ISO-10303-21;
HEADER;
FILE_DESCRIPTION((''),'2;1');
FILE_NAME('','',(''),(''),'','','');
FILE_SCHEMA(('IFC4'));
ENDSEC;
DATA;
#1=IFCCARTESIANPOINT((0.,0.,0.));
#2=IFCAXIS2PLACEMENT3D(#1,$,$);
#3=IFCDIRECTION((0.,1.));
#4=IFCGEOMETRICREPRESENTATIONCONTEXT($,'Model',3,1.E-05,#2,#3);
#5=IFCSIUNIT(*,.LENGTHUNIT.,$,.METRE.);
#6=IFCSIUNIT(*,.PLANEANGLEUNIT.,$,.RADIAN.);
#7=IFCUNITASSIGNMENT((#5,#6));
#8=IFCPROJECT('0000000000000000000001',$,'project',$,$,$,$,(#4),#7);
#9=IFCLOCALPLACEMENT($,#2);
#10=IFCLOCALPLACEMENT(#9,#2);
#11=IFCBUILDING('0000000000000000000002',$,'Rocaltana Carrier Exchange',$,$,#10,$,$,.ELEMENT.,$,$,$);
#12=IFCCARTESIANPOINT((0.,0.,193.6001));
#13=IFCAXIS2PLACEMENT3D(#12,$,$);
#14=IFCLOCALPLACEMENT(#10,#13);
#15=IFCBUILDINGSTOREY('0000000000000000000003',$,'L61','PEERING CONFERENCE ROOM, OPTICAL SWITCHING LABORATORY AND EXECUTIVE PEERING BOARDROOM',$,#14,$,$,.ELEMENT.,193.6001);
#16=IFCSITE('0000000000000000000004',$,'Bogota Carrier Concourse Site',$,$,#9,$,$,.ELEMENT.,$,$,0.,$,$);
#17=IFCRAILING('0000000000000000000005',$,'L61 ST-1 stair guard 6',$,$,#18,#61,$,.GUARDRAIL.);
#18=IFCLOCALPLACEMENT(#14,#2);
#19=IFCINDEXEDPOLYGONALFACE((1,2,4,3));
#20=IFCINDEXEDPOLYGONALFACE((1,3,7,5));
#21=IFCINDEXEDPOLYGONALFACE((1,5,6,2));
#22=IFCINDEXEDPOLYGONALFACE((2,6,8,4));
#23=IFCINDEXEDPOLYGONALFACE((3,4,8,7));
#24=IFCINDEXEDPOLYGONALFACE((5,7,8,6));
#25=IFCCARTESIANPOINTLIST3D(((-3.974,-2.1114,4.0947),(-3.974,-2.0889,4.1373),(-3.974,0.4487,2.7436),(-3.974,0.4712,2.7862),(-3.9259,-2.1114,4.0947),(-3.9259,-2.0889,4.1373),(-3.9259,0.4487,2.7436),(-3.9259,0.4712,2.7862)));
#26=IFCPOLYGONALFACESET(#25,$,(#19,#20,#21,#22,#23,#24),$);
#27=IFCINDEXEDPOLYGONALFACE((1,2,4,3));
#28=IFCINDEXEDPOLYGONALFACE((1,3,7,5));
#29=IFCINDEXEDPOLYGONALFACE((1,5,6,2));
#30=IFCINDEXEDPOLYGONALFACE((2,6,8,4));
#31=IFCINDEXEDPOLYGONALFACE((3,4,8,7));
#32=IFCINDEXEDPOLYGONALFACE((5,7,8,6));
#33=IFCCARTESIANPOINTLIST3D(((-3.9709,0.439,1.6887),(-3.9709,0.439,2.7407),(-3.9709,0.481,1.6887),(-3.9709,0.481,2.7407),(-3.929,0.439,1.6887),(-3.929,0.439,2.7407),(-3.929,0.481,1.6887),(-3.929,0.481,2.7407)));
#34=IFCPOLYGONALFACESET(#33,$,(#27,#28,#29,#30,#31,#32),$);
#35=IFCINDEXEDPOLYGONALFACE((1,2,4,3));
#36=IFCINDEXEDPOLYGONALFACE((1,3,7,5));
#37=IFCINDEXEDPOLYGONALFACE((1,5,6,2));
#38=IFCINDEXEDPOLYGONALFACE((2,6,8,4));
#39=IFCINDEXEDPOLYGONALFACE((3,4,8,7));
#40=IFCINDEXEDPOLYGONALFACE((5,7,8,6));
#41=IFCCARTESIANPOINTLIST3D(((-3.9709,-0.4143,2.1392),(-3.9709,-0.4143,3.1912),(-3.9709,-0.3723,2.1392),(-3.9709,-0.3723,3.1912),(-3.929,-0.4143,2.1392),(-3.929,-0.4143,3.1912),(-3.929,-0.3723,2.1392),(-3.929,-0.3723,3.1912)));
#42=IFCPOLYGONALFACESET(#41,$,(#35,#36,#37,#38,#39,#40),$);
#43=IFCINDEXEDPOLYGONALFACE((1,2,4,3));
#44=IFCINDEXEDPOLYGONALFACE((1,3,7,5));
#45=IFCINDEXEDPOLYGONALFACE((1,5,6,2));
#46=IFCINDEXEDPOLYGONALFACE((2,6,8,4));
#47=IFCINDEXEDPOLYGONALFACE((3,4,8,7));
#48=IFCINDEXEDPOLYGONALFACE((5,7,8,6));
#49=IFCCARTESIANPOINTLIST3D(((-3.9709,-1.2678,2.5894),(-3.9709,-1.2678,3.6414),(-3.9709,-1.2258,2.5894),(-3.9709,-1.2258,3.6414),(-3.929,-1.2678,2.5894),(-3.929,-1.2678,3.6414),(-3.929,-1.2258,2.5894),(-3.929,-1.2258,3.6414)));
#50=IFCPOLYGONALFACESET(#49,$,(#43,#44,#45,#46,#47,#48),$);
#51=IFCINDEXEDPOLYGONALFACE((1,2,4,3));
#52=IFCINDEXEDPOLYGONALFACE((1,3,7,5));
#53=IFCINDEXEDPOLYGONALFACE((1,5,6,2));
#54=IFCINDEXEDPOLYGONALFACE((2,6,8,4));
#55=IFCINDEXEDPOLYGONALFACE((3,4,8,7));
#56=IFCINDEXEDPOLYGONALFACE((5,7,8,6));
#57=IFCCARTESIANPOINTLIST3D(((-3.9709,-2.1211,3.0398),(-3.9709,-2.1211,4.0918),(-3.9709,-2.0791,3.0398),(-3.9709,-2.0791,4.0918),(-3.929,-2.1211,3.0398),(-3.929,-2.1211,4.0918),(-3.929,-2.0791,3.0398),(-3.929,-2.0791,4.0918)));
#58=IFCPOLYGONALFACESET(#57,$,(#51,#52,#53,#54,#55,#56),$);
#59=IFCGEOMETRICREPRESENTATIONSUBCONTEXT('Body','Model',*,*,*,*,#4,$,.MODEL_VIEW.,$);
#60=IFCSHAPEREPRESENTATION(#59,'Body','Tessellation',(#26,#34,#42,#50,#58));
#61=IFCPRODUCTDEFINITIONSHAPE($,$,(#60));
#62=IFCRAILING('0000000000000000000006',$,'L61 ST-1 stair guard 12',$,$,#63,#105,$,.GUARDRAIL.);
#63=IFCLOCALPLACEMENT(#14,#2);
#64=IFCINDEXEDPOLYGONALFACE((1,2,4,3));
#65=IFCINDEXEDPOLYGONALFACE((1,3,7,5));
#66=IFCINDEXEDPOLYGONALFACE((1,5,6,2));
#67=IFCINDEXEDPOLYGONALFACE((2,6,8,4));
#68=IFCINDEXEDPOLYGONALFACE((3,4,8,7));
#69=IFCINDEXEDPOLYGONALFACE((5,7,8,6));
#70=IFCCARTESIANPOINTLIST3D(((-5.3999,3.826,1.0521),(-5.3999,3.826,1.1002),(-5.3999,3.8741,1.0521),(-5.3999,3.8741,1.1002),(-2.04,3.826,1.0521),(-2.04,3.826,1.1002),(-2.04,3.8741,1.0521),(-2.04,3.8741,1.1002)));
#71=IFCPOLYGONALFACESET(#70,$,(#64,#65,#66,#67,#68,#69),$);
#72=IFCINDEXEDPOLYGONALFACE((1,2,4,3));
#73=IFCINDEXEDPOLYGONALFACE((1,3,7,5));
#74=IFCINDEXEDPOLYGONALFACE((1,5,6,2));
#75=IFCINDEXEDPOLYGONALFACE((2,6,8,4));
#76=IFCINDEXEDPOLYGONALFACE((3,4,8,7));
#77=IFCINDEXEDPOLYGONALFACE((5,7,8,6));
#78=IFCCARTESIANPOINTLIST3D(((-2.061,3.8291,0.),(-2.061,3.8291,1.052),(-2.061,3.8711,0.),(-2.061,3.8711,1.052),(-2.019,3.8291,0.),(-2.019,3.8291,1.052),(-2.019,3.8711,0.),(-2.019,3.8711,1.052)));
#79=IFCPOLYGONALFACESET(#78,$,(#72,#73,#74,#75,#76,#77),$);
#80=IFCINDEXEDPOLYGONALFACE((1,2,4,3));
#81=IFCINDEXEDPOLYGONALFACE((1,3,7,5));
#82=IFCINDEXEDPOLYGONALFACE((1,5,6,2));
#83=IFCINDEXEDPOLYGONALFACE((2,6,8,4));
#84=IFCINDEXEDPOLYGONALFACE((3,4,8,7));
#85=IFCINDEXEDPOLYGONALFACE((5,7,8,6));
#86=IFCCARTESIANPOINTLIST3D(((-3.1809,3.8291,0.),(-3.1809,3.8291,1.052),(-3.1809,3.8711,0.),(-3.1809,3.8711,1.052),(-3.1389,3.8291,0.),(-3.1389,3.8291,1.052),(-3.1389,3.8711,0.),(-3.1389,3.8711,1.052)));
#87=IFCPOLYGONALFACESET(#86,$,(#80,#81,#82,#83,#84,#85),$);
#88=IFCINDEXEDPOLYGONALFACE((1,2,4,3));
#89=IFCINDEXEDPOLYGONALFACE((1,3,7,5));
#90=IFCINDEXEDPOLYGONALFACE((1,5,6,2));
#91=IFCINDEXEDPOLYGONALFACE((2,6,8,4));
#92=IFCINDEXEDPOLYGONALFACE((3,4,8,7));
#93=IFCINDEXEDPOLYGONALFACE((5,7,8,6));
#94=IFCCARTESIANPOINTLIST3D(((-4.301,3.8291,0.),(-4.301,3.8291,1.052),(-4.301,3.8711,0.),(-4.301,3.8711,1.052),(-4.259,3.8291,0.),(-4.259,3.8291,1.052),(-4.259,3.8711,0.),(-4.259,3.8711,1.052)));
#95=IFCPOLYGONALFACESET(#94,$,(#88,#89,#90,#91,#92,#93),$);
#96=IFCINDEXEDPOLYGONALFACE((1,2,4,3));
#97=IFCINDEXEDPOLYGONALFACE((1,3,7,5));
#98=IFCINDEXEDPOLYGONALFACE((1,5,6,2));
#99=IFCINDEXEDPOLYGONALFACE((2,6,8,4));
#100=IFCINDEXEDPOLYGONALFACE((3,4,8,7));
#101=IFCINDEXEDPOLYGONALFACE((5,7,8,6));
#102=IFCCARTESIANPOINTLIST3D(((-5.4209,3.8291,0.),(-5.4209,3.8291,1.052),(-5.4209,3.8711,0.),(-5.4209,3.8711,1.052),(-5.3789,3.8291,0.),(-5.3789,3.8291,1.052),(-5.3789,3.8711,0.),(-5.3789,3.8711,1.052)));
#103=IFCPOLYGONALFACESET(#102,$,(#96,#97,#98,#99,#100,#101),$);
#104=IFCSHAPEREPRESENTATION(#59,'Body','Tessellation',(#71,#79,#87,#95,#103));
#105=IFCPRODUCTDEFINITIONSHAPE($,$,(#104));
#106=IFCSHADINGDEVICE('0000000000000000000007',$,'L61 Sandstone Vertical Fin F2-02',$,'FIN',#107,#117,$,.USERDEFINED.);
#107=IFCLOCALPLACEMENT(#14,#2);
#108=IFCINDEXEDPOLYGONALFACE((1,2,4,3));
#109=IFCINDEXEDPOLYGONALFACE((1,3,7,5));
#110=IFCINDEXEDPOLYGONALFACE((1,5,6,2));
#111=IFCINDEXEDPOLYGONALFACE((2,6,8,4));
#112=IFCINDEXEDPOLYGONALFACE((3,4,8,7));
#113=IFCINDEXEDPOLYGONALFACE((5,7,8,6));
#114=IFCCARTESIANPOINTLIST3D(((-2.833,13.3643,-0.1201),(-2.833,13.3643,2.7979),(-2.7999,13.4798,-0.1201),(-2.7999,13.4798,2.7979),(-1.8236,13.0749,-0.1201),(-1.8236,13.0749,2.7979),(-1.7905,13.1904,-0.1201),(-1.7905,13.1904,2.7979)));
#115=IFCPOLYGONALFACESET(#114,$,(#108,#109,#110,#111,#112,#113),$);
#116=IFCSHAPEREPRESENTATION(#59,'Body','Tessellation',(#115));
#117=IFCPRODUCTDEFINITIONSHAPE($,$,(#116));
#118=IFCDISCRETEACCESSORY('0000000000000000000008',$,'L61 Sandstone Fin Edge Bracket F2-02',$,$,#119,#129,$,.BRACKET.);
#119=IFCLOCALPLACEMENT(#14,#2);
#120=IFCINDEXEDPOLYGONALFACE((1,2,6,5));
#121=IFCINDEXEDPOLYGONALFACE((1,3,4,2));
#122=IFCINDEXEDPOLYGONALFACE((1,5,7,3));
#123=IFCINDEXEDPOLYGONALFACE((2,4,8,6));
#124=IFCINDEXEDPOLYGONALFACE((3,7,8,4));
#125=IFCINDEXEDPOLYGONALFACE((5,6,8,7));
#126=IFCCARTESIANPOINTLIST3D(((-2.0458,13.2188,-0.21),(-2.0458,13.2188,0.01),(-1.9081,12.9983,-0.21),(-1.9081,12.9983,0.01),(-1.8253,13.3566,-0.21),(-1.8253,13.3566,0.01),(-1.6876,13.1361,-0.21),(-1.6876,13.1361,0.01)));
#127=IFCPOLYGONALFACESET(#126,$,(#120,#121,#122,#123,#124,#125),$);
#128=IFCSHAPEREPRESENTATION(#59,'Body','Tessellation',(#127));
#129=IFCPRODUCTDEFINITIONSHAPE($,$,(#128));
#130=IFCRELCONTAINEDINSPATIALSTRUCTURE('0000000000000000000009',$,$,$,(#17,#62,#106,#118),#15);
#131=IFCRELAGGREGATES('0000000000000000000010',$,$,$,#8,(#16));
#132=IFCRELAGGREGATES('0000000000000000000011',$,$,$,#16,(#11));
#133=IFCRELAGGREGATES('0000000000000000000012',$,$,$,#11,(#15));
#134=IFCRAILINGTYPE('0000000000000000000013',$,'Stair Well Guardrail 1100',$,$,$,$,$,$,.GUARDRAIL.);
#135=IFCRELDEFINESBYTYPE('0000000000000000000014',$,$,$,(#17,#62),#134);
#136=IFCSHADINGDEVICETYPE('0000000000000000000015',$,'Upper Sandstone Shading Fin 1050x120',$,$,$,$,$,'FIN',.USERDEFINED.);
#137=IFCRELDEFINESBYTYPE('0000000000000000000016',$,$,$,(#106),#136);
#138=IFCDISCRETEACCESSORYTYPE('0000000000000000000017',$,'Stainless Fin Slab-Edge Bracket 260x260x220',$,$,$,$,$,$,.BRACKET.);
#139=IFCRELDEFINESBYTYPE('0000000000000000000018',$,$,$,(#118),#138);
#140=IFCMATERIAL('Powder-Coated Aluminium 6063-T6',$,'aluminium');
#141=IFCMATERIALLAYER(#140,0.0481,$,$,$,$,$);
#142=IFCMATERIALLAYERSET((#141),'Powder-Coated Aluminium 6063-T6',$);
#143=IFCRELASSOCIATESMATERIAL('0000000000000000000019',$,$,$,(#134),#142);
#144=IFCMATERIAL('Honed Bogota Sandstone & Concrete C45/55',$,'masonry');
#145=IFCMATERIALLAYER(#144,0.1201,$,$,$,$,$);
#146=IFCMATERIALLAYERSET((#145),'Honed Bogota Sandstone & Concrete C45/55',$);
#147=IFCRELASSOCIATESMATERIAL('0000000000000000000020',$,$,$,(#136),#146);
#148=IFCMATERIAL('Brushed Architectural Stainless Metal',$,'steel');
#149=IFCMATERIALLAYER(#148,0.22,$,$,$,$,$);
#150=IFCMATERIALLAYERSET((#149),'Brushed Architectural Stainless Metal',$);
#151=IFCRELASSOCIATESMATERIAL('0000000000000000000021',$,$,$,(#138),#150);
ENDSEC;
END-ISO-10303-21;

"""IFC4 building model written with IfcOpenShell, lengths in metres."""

from ifc_helpers import new_model, si_unit, direction, frame, origin, origin_2d, place, context, subcontext, project, spatial, rectangle, extrude, material, layer, layer_set, type_object, element, save


model = new_model("IFC4")

# Units and contexts
model_context = context("Model", 3, precision=1e-05, world=origin(), true_north=direction((0.0, 1.0)))
body_context = subcontext(model_context, "Body", "Model", "MODEL_VIEW")
ifc_project = project(units=[si_unit("LENGTHUNIT", "METRE"), si_unit("PLANEANGLEUNIT", "RADIAN")], contexts=[model_context])

# Site, building, storey
site_placement = place(None, origin())
site = spatial("IfcSite", under=ifc_project, at=site_placement, Name="Bogota Carrier Concourse Site", CompositionType="ELEMENT", RefElevation=0.0)
building_placement = place(site_placement, origin())
building = spatial("IfcBuilding", under=site, at=building_placement, Name="Rocaltana Carrier Exchange", CompositionType="ELEMENT")
storey_placement = place(building_placement, frame((0.0, 0.0, 193.6001)))
storey = spatial("IfcBuildingStorey", under=building, at=storey_placement, Name="L61", Description="PEERING CONFERENCE ROOM, OPTICAL SWITCHING LABORATORY AND EXECUTIVE PEERING BOARDROOM", CompositionType="ELEMENT", Elevation=193.6001)

# Railings
ifc_material_1 = material(Name="Powder-Coated Aluminium 6063-T6", Category="aluminium")
ifc_layer_1 = layer(ifc_material_1, 0.0481)
ifc_layer_set_1 = layer_set([ifc_layer_1], Name="Powder-Coated Aluminium 6063-T6")
railing_type_1 = type_object("IfcRailingType", Name="Stair Well Guardrail 1100", PredefinedType="GUARDRAIL", material=ifc_layer_set_1)
railing_1_placement = place(storey_placement, frame((-3.95, 0.46, 1.6887)))
element("IfcRailing", 1, at=railing_1_placement, inside=storey, type_object=railing_type_1, Name="L61 ST-1 stair guard 6", PredefinedType="GUARDRAIL", context=body_context, shape_type="SweptSolid", body=[
    extrude(rectangle(XDim=0.0481, YDim=0.0481, at=origin_2d()), frame((0.0, 0.0, 1.0762), z_axis=(0.0, -0.884394, 0.46674), x_axis=(1.0, 0.0, 0.0)), (0.0, 0.0, 1.0), 2.8948),
    extrude(rectangle(XDim=0.042, YDim=0.042, at=origin_2d()), origin(), (0.0, 0.0, 1.0), 1.052),
    extrude(rectangle(XDim=0.042, YDim=0.042, at=origin_2d()), frame((0.0, -0.8533, 0.4504)), (0.0, 0.0, 1.0), 1.052),
    extrude(rectangle(XDim=0.042, YDim=0.042, at=origin_2d()), frame((0.0, -1.7068, 0.9006)), (0.0, 0.0, 1.0), 1.052),
    extrude(rectangle(XDim=0.042, YDim=0.042, at=origin_2d()), frame((0.0, -2.5601, 1.3511)), (0.0, 0.0, 1.0), 1.052),
])
railing_2_placement = place(storey_placement, frame((-2.04, 3.8501, 0.0)))
element("IfcRailing", 2, at=railing_2_placement, inside=storey, type_object=railing_type_1, Name="L61 ST-1 stair guard 12", PredefinedType="GUARDRAIL", context=body_context, shape_type="SweptSolid", body=[
    extrude(rectangle(XDim=0.0481, YDim=0.0481, at=origin_2d()), frame((0.0, 0.0, 1.0762), z_axis=(-1.0, 0.0, 0.0), x_axis=(0.0, -1.0, 0.0)), (0.0, 0.0, 1.0), 3.3599),
    extrude(rectangle(XDim=0.042, YDim=0.042, at=origin_2d()), origin(), (0.0, 0.0, 1.0), 1.052),
    extrude(rectangle(XDim=0.042, YDim=0.042, at=origin_2d()), frame((-1.1199, 0.0, 0.0)), (0.0, 0.0, 1.0), 1.052),
    extrude(rectangle(XDim=0.042, YDim=0.042, at=origin_2d()), frame((-2.24, 0.0, 0.0)), (0.0, 0.0, 1.0), 1.052),
    extrude(rectangle(XDim=0.042, YDim=0.042, at=origin_2d()), frame((-3.3599, 0.0, 0.0)), (0.0, 0.0, 1.0), 1.052),
])

# Shading device
ifc_material_2 = material(Name="Honed Bogota Sandstone & Concrete C45/55", Category="masonry")
ifc_layer_2 = layer(ifc_material_2, 0.1201)
ifc_layer_set_2 = layer_set([ifc_layer_2], Name="Honed Bogota Sandstone & Concrete C45/55")
shading_device_type = type_object("IfcShadingDeviceType", Name="Upper Sandstone Shading Fin 1050x120", ElementType="FIN", PredefinedType="USERDEFINED", material=ifc_layer_set_2)
shading_device_placement = place(storey_placement, frame((-2.3118, 13.2773, -0.1201), z_axis=(0.0, 0.0, 1.0), x_axis=(-0.961262, 0.275637, 0.0)))
element("IfcShadingDevice", 3, at=shading_device_placement, inside=storey, type_object=shading_device_type, Name="L61 Sandstone Vertical Fin F2-02", ObjectType="FIN", PredefinedType="USERDEFINED", context=body_context, shape_type="SweptSolid", body=[
    extrude(rectangle(XDim=1.05, YDim=0.1201, at=origin_2d()), origin(), (0.0, 0.0, 1.0), 2.918),
])

# Discrete accessory
ifc_material_3 = material(Name="Brushed Architectural Stainless Metal", Category="steel")
ifc_layer_3 = layer(ifc_material_3, 0.22)
ifc_layer_set_3 = layer_set([ifc_layer_3], Name="Brushed Architectural Stainless Metal")
discrete_accessory_type = type_object("IfcDiscreteAccessoryType", Name="Stainless Fin Slab-Edge Bracket 260x260x220", PredefinedType="BRACKET", material=ifc_layer_set_3)
discrete_accessory_placement = place(storey_placement, frame((-1.8667, 13.1775, -0.21), z_axis=(0.0, 0.0, 1.0), x_axis=(-0.848048, -0.529919, 0.0)))
element("IfcDiscreteAccessory", 4, at=discrete_accessory_placement, inside=storey, type_object=discrete_accessory_type, Name="L61 Sandstone Fin Edge Bracket F2-02", PredefinedType="BRACKET", context=body_context, shape_type="SweptSolid", body=[
    extrude(rectangle(XDim=0.26, YDim=0.26, at=origin_2d()), origin(), (0.0, 0.0, 1.0), 0.22),
])

save(model, "model.ifc")
